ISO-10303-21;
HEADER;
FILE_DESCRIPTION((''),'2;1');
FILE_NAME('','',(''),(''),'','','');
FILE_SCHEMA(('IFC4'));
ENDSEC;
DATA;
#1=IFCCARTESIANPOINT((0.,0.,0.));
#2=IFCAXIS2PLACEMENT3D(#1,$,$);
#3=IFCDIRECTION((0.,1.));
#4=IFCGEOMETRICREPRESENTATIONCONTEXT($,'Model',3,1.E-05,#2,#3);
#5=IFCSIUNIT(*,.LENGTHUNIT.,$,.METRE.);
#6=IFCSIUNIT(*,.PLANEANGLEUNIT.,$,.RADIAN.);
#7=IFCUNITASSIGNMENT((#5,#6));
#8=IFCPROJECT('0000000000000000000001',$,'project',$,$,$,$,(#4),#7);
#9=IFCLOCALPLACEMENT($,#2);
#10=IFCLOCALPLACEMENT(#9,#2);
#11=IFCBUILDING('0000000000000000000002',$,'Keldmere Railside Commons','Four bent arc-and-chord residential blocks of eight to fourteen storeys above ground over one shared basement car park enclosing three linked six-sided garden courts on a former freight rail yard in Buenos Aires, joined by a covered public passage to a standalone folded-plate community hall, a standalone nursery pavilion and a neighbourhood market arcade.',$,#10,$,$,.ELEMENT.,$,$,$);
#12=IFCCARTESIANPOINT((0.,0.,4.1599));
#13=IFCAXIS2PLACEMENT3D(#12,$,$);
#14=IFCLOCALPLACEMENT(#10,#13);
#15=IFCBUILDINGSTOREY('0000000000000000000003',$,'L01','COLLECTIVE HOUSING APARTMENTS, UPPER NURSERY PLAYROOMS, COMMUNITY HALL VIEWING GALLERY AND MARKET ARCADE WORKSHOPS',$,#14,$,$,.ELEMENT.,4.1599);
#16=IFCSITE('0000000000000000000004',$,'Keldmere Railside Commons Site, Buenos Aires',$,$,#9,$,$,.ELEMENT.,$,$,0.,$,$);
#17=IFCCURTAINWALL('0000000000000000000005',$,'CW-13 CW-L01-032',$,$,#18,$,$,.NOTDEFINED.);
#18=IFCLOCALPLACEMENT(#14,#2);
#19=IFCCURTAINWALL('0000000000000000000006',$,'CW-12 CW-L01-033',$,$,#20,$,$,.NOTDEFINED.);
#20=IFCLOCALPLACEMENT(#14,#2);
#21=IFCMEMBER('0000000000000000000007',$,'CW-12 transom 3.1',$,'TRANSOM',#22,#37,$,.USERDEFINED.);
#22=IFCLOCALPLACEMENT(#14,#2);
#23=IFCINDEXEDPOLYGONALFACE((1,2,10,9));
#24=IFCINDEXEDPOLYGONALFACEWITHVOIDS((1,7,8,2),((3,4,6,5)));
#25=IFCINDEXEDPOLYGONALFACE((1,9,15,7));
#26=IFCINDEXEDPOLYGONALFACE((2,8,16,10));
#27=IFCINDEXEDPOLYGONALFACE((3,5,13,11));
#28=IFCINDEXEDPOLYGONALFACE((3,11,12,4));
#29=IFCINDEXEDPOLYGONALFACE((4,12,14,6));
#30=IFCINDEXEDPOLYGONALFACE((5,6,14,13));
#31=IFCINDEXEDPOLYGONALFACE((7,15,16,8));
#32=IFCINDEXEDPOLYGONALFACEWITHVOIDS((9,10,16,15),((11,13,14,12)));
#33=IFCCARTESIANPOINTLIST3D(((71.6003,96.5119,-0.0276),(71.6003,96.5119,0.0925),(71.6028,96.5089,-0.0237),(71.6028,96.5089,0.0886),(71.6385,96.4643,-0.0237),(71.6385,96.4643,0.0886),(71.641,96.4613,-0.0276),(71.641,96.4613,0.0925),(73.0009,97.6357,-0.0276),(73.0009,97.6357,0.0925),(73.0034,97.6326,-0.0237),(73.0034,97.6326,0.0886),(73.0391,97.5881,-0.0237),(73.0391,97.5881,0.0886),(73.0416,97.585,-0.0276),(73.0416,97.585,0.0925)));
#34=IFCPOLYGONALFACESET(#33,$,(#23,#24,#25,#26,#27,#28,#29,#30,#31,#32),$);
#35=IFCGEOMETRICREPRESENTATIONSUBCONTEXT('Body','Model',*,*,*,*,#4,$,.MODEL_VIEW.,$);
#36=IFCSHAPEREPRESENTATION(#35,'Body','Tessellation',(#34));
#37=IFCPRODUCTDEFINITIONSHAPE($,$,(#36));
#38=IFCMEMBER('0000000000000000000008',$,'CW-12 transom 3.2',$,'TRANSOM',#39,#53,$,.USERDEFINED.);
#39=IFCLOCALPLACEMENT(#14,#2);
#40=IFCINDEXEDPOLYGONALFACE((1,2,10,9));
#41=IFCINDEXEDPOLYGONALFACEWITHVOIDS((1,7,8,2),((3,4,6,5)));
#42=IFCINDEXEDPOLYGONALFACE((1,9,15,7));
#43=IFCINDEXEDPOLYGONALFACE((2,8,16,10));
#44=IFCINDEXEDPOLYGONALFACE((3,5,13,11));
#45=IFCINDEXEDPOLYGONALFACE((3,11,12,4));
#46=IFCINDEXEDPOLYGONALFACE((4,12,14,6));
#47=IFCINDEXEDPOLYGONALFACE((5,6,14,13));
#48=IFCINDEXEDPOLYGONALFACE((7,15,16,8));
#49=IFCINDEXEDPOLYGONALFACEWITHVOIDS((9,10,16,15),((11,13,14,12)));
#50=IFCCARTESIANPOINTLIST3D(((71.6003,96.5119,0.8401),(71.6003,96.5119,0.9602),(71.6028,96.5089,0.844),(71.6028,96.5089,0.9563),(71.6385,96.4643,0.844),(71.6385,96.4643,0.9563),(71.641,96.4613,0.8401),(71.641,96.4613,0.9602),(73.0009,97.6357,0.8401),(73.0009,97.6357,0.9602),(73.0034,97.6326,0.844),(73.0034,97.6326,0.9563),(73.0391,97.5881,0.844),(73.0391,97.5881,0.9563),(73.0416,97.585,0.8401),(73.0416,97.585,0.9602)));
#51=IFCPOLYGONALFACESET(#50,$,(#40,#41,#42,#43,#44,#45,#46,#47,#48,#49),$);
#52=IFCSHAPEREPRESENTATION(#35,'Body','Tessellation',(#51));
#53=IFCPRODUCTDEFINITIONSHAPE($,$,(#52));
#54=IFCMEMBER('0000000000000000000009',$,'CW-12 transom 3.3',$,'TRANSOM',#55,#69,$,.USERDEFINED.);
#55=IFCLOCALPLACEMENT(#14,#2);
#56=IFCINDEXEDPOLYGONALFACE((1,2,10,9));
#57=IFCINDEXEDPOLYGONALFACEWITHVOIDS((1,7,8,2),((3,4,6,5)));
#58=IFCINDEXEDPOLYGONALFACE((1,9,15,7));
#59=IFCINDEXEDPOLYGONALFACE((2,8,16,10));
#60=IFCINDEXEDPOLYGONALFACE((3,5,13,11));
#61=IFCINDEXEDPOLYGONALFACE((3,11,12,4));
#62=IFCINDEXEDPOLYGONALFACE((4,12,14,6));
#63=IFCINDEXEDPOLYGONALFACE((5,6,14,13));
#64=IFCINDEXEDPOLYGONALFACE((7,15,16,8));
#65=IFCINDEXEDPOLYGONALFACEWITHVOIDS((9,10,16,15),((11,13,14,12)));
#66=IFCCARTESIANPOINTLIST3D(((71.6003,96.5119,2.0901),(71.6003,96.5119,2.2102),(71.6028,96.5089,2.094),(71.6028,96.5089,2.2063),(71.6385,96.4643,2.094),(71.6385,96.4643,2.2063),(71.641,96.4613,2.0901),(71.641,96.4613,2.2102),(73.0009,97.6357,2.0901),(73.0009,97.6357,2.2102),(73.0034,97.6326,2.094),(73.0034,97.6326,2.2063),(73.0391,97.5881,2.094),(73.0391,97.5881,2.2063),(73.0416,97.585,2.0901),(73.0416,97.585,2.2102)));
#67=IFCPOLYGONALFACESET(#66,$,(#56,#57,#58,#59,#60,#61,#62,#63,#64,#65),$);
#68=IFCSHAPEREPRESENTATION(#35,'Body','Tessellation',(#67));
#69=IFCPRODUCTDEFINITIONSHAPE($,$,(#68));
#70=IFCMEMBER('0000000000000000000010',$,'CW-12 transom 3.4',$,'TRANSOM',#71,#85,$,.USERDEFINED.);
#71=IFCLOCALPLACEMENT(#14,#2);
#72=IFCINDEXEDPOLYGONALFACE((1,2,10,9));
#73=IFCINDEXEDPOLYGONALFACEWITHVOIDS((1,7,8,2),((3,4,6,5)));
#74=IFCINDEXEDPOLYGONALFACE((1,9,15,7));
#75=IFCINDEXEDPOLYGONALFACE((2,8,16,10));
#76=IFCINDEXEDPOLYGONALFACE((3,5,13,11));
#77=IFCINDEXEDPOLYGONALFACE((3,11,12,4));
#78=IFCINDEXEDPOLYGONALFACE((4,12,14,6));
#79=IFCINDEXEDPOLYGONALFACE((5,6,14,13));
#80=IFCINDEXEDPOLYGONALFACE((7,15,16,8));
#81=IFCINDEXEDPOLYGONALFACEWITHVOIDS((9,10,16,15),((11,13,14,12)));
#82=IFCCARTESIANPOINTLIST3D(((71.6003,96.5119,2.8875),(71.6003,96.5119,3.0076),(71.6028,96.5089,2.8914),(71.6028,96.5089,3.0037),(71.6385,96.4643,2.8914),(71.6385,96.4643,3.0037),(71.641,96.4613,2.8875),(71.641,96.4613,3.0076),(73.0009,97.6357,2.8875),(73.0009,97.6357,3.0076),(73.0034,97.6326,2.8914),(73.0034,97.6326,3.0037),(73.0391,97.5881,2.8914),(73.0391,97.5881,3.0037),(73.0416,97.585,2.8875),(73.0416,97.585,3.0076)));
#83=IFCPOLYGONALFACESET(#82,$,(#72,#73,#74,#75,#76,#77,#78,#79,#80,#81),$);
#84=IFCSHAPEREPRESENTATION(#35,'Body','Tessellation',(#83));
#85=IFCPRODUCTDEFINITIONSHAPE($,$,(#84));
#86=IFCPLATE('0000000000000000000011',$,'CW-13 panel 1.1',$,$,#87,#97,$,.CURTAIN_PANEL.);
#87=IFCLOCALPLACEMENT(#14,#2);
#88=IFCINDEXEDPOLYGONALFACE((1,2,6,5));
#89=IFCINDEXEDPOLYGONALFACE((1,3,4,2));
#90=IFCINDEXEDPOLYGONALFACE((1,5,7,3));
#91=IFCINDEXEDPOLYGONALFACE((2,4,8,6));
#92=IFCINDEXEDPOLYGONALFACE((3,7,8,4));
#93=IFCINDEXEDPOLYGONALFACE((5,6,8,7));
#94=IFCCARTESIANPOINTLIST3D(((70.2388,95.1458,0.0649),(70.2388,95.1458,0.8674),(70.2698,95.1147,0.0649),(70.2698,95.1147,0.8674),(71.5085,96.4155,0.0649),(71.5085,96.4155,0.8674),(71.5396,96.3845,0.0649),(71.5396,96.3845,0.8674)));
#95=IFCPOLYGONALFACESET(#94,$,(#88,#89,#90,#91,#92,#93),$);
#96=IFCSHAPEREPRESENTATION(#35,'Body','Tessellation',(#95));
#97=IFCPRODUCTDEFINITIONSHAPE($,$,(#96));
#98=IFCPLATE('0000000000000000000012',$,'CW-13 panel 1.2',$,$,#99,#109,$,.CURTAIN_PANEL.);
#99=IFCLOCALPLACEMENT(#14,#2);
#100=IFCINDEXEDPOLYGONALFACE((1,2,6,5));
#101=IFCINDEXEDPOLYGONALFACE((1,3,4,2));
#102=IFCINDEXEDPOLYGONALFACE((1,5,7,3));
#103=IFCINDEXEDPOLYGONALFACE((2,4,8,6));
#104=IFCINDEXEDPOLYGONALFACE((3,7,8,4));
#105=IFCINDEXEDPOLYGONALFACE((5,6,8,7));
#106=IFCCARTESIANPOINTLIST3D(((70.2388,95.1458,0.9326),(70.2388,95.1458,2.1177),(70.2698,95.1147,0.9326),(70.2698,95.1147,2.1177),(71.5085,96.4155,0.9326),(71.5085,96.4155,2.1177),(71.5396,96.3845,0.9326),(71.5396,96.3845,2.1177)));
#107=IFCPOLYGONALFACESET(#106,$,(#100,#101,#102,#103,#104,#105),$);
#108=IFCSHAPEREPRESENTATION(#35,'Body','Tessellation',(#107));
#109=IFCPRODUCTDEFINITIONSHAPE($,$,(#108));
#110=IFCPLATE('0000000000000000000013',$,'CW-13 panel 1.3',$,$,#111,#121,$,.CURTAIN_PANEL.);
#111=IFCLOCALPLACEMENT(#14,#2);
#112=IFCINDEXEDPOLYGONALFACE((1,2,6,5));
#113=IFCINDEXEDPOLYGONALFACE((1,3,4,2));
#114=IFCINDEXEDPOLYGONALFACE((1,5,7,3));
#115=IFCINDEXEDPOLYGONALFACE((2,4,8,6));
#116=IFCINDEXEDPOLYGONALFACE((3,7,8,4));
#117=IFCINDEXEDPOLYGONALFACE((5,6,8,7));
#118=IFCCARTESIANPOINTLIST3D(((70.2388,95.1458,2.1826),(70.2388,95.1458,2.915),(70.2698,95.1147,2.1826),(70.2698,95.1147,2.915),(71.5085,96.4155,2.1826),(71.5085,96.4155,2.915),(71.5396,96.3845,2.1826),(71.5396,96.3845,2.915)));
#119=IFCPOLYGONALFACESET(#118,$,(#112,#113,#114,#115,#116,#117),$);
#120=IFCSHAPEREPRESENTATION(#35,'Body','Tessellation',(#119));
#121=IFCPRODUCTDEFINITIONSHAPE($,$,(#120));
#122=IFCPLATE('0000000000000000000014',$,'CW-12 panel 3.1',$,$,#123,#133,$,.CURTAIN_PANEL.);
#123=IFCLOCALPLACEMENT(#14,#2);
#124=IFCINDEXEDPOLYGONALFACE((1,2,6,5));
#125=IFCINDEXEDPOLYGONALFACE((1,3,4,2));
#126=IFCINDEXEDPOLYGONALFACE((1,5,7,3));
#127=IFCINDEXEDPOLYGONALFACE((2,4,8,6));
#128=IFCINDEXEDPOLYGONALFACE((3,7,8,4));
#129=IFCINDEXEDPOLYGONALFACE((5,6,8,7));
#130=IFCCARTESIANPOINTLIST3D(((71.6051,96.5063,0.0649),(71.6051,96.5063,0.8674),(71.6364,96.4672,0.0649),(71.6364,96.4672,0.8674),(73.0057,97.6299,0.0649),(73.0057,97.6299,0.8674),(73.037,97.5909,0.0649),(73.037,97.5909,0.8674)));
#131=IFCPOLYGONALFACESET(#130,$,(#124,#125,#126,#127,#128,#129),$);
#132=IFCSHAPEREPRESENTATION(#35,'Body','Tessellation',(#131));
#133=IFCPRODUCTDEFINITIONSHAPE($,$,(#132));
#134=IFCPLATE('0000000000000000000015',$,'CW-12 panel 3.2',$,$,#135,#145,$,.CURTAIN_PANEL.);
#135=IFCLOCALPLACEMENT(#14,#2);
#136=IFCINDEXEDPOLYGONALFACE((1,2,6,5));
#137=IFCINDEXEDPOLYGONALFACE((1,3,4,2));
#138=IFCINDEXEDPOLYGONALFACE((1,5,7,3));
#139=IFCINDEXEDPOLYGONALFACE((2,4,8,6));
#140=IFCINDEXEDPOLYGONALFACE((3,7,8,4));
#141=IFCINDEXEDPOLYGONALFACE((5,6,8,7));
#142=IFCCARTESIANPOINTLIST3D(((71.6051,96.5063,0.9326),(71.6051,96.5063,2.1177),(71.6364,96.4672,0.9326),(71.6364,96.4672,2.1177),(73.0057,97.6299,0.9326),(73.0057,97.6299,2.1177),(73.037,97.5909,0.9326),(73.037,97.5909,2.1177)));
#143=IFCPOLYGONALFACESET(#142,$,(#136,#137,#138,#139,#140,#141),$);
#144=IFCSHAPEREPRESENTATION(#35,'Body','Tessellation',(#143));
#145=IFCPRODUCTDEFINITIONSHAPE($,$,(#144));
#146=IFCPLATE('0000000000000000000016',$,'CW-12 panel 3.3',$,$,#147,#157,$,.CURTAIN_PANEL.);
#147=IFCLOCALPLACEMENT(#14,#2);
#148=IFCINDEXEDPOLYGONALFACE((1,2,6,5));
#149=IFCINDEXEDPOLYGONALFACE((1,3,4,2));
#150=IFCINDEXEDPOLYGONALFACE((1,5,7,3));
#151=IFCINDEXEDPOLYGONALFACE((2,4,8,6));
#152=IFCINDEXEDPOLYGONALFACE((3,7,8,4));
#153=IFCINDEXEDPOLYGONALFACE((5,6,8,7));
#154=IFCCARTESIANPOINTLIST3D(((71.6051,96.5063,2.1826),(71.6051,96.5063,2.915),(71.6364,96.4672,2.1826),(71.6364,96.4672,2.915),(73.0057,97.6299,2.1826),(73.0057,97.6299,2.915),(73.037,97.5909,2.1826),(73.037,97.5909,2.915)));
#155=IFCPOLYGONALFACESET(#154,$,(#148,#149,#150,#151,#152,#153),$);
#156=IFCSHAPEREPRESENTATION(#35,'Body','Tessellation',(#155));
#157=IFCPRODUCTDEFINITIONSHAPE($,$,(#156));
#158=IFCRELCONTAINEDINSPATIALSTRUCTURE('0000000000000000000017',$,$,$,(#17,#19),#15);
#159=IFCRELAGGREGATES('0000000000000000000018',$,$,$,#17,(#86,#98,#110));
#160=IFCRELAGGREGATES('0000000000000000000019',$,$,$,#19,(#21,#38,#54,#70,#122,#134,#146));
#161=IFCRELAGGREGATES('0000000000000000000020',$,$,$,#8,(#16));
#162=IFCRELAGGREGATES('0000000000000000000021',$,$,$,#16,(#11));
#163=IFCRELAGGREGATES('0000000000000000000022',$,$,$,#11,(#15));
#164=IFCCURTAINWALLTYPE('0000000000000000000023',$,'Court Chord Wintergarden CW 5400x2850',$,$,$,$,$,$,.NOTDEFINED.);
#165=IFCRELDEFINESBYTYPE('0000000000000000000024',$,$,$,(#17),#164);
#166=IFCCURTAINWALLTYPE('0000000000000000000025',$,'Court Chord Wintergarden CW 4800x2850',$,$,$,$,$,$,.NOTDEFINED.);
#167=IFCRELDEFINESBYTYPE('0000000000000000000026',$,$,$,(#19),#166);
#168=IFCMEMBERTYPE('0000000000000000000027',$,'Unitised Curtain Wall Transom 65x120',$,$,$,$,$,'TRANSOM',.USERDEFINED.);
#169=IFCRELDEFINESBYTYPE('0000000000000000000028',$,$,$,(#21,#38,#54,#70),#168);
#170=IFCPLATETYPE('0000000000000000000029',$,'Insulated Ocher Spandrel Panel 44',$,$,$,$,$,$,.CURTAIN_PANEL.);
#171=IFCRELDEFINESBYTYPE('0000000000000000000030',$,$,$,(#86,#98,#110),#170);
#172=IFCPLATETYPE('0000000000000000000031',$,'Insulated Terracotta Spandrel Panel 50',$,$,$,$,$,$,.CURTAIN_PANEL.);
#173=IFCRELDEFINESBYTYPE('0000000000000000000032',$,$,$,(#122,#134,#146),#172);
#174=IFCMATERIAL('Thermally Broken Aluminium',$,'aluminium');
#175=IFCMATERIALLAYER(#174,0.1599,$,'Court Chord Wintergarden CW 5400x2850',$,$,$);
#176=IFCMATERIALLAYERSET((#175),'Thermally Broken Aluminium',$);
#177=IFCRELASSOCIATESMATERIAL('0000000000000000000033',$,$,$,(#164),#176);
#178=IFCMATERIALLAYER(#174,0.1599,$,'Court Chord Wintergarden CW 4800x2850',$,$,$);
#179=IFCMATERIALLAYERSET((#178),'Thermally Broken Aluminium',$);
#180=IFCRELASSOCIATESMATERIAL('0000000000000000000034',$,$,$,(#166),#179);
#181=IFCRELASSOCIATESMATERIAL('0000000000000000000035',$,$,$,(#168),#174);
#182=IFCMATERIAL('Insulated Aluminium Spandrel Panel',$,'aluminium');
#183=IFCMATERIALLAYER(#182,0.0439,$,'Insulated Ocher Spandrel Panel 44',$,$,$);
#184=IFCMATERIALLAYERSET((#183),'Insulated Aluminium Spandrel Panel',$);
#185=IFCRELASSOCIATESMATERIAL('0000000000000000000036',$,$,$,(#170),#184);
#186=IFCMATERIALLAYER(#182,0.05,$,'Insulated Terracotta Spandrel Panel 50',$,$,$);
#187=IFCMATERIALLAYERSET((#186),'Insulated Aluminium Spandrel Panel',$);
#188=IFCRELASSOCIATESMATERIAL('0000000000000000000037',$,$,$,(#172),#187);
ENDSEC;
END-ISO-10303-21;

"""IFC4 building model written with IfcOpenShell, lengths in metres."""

from ifc_helpers import new_model, si_unit, direction, frame, origin, origin_2d, place, context, subcontext, project, spatial, rectangle, hollow_rectangle, extrude, material, layer, layer_set, material_profile, profile_set, type_object, element, aggregate, save


model = new_model("IFC4")

# Units and contexts
model_context = context("Model", 3, precision=1e-05, world=origin(), true_north=direction((0.0, 1.0)))
body_context = subcontext(model_context, "Body", "Model", "MODEL_VIEW")
ifc_project = project(units=[si_unit("LENGTHUNIT", "METRE"), si_unit("PLANEANGLEUNIT", "RADIAN")], contexts=[model_context])

# Site, building, storey
site_placement = place(None, origin())
site = spatial("IfcSite", under=ifc_project, at=site_placement, Name="Keldmere Railside Commons Site, Buenos Aires", CompositionType="ELEMENT", RefElevation=0.0)
building_placement = place(site_placement, origin())
building = spatial("IfcBuilding", under=site, at=building_placement, Name="Keldmere Railside Commons", Description="Four bent arc-and-chord residential blocks of eight to fourteen storeys above ground over one shared basement car park enclosing three linked six-sided garden courts on a former freight rail yard in Buenos Aires, joined by a covered public passage to a standalone folded-plate community hall, a standalone nursery pavilion and a neighbourhood market arcade.", CompositionType="ELEMENT")
storey_placement = place(building_placement, frame((0.0, 0.0, 4.1599)))
storey = spatial("IfcBuildingStorey", under=building, at=storey_placement, Name="L01", Description="COLLECTIVE HOUSING APARTMENTS, UPPER NURSERY PLAYROOMS, COMMUNITY HALL VIEWING GALLERY AND MARKET ARCADE WORKSHOPS", CompositionType="ELEMENT", Elevation=4.1599)

# Curtain wall
ifc_material_1 = material(Name="Thermally Broken Aluminium", Category="aluminium")
ifc_layer_1 = layer(ifc_material_1, 0.1599, Name="Court Chord Wintergarden CW 5400x2850")
ifc_layer_set_1 = layer_set([ifc_layer_1], Name="Thermally Broken Aluminium")
curtain_wall_type_1 = type_object("IfcCurtainWallType", Name="Court Chord Wintergarden CW 5400x2850", PredefinedType="NOTDEFINED", material=ifc_layer_set_1)
curtain_wall_1_placement = place(storey_placement, origin())
curtain_wall_1 = element("IfcCurtainWall", 1, at=curtain_wall_1_placement, inside=storey, type_object=curtain_wall_type_1, Name="CW-13 CW-L01-032", PredefinedType="NOTDEFINED")

# Curtain wall
ifc_layer_2 = layer(ifc_material_1, 0.1599, Name="Court Chord Wintergarden CW 4800x2850")
ifc_layer_set_2 = layer_set([ifc_layer_2], Name="Thermally Broken Aluminium")
curtain_wall_type_2 = type_object("IfcCurtainWallType", Name="Court Chord Wintergarden CW 4800x2850", PredefinedType="NOTDEFINED", material=ifc_layer_set_2)
curtain_wall_2_placement = place(storey_placement, origin())
curtain_wall_2 = element("IfcCurtainWall", 2, at=curtain_wall_2_placement, inside=storey, type_object=curtain_wall_type_2, Name="CW-12 CW-L01-033", PredefinedType="NOTDEFINED")

# Members
ifc_material_profile_1 = material_profile(ifc_material_1, hollow_rectangle(XDim=0.0649, YDim=0.1201, WallThickness=0.0039, at=origin_2d()), Name="ALU-TRAN-65x120")
ifc_profile_set_1 = profile_set([ifc_material_profile_1], Name="Thermally Broken Aluminium")
member_type_1 = type_object("IfcMemberType", Name="Unitised Curtain Wall Transom 65x120", ElementType="TRANSOM", PredefinedType="USERDEFINED", material=ifc_profile_set_1)
member_1_placement = place(storey_placement, frame((73.0212, 97.6104, 0.0325), z_axis=(-0.779979, -0.625805, 0.0), x_axis=(0.625805, -0.779979, 0.0)))
member_1 = element("IfcMember", 3, at=member_1_placement, type_object=member_type_1, Name="CW-12 transom 3.1", ObjectType="TRANSOM", PredefinedType="USERDEFINED", context=body_context, shape_type="SweptSolid", body=[
    extrude(hollow_rectangle(XDim=0.0649, YDim=0.1201, WallThickness=0.0039, at=origin_2d()), origin(), (0.0, 0.0, 1.0), 1.7957),
])
member_2_placement = place(storey_placement, frame((73.0212, 97.6104, 0.9001), z_axis=(-0.779979, -0.625805, 0.0), x_axis=(0.625805, -0.779979, 0.0)))
member_2 = element("IfcMember", 4, at=member_2_placement, type_object=member_type_1, Name="CW-12 transom 3.2", ObjectType="TRANSOM", PredefinedType="USERDEFINED", context=body_context, shape_type="SweptSolid", body=[
    extrude(hollow_rectangle(XDim=0.0649, YDim=0.1201, WallThickness=0.0039, at=origin_2d()), origin(), (0.0, 0.0, 1.0), 1.7957),
])
member_3_placement = place(storey_placement, frame((73.0212, 97.6104, 2.1501), z_axis=(-0.779979, -0.625805, 0.0), x_axis=(0.625805, -0.779979, 0.0)))
member_3 = element("IfcMember", 5, at=member_3_placement, type_object=member_type_1, Name="CW-12 transom 3.3", ObjectType="TRANSOM", PredefinedType="USERDEFINED", context=body_context, shape_type="SweptSolid", body=[
    extrude(hollow_rectangle(XDim=0.0649, YDim=0.1201, WallThickness=0.0039, at=origin_2d()), origin(), (0.0, 0.0, 1.0), 1.7957),
])
member_4_placement = place(storey_placement, frame((73.0212, 97.6104, 2.9475), z_axis=(-0.779979, -0.625805, 0.0), x_axis=(0.625805, -0.779979, 0.0)))
member_4 = element("IfcMember", 6, at=member_4_placement, type_object=member_type_1, Name="CW-12 transom 3.4", ObjectType="TRANSOM", PredefinedType="USERDEFINED", context=body_context, shape_type="SweptSolid", body=[
    extrude(hollow_rectangle(XDim=0.0649, YDim=0.1201, WallThickness=0.0039, at=origin_2d()), origin(), (0.0, 0.0, 1.0), 1.7957),
])

# Plates
ifc_material_2 = material(Name="Insulated Aluminium Spandrel Panel", Category="aluminium")
ifc_layer_3 = layer(ifc_material_2, 0.0439, Name="Insulated Ocher Spandrel Panel 44")
ifc_layer_set_3 = layer_set([ifc_layer_3], Name="Insulated Aluminium Spandrel Panel")
plate_type_1 = type_object("IfcPlateType", Name="Insulated Ocher Spandrel Panel 44", PredefinedType="CURTAIN_PANEL", material=ifc_layer_set_3)
plate_1_placement = place(storey_placement, frame((70.8892, 95.7651, 0.0649), z_axis=(0.0, 0.0, 1.0), x_axis=(-0.707107, -0.707107, 0.0)))
plate_1 = element("IfcPlate", 7, at=plate_1_placement, type_object=plate_type_1, Name="CW-13 panel 1.1", PredefinedType="CURTAIN_PANEL", context=body_context, shape_type="SweptSolid", body=[
    extrude(rectangle(XDim=1.7957, YDim=0.0439, at=origin_2d()), origin(), (0.0, 0.0, 1.0), 0.8025),
])
plate_2_placement = place(storey_placement, frame((70.8892, 95.7651, 0.9326), z_axis=(0.0, 0.0, 1.0), x_axis=(-0.707107, -0.707107, 0.0)))
plate_2 = element("IfcPlate", 8, at=plate_2_placement, type_object=plate_type_1, Name="CW-13 panel 1.2", PredefinedType="CURTAIN_PANEL", context=body_context, shape_type="SweptSolid", body=[
    extrude(rectangle(XDim=1.7957, YDim=0.0439, at=origin_2d()), origin(), (0.0, 0.0, 1.0), 1.1851),
])
plate_3_placement = place(storey_placement, frame((70.8892, 95.7651, 2.1826), z_axis=(0.0, 0.0, 1.0), x_axis=(-0.707107, -0.707107, 0.0)))
plate_3 = element("IfcPlate", 9, at=plate_3_placement, type_object=plate_type_1, Name="CW-13 panel 1.3", PredefinedType="CURTAIN_PANEL", context=body_context, shape_type="SweptSolid", body=[
    extrude(rectangle(XDim=1.7957, YDim=0.0439, at=origin_2d()), origin(), (0.0, 0.0, 1.0), 0.7324),
])
aggregate(curtain_wall_1, [plate_1, plate_2, plate_3])
ifc_layer_4 = layer(ifc_material_2, 0.05, Name="Insulated Terracotta Spandrel Panel 50")
ifc_layer_set_4 = layer_set([ifc_layer_4], Name="Insulated Aluminium Spandrel Panel")
plate_type_2 = type_object("IfcPlateType", Name="Insulated Terracotta Spandrel Panel 50", PredefinedType="CURTAIN_PANEL", material=ifc_layer_set_4)
plate_4_placement = place(storey_placement, frame((72.321, 97.0486, 0.0649), z_axis=(0.0, 0.0, 1.0), x_axis=(-0.780009, -0.625768, 0.0)))
plate_4 = element("IfcPlate", 10, at=plate_4_placement, type_object=plate_type_2, Name="CW-12 panel 3.1", PredefinedType="CURTAIN_PANEL", context=body_context, shape_type="SweptSolid", body=[
    extrude(rectangle(XDim=1.7957, YDim=0.05, at=origin_2d()), origin(), (0.0, 0.0, 1.0), 0.8025),
])
plate_5_placement = place(storey_placement, frame((72.321, 97.0486, 0.9326), z_axis=(0.0, 0.0, 1.0), x_axis=(-0.780009, -0.625768, 0.0)))
plate_5 = element("IfcPlate", 11, at=plate_5_placement, type_object=plate_type_2, Name="CW-12 panel 3.2", PredefinedType="CURTAIN_PANEL", context=body_context, shape_type="SweptSolid", body=[
    extrude(rectangle(XDim=1.7957, YDim=0.05, at=origin_2d()), origin(), (0.0, 0.0, 1.0), 1.1851),
])
plate_6_placement = place(storey_placement, frame((72.321, 97.0486, 2.1826), z_axis=(0.0, 0.0, 1.0), x_axis=(-0.780009, -0.625768, 0.0)))
plate_6 = element("IfcPlate", 12, at=plate_6_placement, type_object=plate_type_2, Name="CW-12 panel 3.3", PredefinedType="CURTAIN_PANEL", context=body_context, shape_type="SweptSolid", body=[
    extrude(rectangle(XDim=1.7957, YDim=0.05, at=origin_2d()), origin(), (0.0, 0.0, 1.0), 0.7324),
])
aggregate(curtain_wall_2, [member_1, member_2, member_3, member_4, plate_4, plate_5, plate_6])

save(model, "model.ifc")
